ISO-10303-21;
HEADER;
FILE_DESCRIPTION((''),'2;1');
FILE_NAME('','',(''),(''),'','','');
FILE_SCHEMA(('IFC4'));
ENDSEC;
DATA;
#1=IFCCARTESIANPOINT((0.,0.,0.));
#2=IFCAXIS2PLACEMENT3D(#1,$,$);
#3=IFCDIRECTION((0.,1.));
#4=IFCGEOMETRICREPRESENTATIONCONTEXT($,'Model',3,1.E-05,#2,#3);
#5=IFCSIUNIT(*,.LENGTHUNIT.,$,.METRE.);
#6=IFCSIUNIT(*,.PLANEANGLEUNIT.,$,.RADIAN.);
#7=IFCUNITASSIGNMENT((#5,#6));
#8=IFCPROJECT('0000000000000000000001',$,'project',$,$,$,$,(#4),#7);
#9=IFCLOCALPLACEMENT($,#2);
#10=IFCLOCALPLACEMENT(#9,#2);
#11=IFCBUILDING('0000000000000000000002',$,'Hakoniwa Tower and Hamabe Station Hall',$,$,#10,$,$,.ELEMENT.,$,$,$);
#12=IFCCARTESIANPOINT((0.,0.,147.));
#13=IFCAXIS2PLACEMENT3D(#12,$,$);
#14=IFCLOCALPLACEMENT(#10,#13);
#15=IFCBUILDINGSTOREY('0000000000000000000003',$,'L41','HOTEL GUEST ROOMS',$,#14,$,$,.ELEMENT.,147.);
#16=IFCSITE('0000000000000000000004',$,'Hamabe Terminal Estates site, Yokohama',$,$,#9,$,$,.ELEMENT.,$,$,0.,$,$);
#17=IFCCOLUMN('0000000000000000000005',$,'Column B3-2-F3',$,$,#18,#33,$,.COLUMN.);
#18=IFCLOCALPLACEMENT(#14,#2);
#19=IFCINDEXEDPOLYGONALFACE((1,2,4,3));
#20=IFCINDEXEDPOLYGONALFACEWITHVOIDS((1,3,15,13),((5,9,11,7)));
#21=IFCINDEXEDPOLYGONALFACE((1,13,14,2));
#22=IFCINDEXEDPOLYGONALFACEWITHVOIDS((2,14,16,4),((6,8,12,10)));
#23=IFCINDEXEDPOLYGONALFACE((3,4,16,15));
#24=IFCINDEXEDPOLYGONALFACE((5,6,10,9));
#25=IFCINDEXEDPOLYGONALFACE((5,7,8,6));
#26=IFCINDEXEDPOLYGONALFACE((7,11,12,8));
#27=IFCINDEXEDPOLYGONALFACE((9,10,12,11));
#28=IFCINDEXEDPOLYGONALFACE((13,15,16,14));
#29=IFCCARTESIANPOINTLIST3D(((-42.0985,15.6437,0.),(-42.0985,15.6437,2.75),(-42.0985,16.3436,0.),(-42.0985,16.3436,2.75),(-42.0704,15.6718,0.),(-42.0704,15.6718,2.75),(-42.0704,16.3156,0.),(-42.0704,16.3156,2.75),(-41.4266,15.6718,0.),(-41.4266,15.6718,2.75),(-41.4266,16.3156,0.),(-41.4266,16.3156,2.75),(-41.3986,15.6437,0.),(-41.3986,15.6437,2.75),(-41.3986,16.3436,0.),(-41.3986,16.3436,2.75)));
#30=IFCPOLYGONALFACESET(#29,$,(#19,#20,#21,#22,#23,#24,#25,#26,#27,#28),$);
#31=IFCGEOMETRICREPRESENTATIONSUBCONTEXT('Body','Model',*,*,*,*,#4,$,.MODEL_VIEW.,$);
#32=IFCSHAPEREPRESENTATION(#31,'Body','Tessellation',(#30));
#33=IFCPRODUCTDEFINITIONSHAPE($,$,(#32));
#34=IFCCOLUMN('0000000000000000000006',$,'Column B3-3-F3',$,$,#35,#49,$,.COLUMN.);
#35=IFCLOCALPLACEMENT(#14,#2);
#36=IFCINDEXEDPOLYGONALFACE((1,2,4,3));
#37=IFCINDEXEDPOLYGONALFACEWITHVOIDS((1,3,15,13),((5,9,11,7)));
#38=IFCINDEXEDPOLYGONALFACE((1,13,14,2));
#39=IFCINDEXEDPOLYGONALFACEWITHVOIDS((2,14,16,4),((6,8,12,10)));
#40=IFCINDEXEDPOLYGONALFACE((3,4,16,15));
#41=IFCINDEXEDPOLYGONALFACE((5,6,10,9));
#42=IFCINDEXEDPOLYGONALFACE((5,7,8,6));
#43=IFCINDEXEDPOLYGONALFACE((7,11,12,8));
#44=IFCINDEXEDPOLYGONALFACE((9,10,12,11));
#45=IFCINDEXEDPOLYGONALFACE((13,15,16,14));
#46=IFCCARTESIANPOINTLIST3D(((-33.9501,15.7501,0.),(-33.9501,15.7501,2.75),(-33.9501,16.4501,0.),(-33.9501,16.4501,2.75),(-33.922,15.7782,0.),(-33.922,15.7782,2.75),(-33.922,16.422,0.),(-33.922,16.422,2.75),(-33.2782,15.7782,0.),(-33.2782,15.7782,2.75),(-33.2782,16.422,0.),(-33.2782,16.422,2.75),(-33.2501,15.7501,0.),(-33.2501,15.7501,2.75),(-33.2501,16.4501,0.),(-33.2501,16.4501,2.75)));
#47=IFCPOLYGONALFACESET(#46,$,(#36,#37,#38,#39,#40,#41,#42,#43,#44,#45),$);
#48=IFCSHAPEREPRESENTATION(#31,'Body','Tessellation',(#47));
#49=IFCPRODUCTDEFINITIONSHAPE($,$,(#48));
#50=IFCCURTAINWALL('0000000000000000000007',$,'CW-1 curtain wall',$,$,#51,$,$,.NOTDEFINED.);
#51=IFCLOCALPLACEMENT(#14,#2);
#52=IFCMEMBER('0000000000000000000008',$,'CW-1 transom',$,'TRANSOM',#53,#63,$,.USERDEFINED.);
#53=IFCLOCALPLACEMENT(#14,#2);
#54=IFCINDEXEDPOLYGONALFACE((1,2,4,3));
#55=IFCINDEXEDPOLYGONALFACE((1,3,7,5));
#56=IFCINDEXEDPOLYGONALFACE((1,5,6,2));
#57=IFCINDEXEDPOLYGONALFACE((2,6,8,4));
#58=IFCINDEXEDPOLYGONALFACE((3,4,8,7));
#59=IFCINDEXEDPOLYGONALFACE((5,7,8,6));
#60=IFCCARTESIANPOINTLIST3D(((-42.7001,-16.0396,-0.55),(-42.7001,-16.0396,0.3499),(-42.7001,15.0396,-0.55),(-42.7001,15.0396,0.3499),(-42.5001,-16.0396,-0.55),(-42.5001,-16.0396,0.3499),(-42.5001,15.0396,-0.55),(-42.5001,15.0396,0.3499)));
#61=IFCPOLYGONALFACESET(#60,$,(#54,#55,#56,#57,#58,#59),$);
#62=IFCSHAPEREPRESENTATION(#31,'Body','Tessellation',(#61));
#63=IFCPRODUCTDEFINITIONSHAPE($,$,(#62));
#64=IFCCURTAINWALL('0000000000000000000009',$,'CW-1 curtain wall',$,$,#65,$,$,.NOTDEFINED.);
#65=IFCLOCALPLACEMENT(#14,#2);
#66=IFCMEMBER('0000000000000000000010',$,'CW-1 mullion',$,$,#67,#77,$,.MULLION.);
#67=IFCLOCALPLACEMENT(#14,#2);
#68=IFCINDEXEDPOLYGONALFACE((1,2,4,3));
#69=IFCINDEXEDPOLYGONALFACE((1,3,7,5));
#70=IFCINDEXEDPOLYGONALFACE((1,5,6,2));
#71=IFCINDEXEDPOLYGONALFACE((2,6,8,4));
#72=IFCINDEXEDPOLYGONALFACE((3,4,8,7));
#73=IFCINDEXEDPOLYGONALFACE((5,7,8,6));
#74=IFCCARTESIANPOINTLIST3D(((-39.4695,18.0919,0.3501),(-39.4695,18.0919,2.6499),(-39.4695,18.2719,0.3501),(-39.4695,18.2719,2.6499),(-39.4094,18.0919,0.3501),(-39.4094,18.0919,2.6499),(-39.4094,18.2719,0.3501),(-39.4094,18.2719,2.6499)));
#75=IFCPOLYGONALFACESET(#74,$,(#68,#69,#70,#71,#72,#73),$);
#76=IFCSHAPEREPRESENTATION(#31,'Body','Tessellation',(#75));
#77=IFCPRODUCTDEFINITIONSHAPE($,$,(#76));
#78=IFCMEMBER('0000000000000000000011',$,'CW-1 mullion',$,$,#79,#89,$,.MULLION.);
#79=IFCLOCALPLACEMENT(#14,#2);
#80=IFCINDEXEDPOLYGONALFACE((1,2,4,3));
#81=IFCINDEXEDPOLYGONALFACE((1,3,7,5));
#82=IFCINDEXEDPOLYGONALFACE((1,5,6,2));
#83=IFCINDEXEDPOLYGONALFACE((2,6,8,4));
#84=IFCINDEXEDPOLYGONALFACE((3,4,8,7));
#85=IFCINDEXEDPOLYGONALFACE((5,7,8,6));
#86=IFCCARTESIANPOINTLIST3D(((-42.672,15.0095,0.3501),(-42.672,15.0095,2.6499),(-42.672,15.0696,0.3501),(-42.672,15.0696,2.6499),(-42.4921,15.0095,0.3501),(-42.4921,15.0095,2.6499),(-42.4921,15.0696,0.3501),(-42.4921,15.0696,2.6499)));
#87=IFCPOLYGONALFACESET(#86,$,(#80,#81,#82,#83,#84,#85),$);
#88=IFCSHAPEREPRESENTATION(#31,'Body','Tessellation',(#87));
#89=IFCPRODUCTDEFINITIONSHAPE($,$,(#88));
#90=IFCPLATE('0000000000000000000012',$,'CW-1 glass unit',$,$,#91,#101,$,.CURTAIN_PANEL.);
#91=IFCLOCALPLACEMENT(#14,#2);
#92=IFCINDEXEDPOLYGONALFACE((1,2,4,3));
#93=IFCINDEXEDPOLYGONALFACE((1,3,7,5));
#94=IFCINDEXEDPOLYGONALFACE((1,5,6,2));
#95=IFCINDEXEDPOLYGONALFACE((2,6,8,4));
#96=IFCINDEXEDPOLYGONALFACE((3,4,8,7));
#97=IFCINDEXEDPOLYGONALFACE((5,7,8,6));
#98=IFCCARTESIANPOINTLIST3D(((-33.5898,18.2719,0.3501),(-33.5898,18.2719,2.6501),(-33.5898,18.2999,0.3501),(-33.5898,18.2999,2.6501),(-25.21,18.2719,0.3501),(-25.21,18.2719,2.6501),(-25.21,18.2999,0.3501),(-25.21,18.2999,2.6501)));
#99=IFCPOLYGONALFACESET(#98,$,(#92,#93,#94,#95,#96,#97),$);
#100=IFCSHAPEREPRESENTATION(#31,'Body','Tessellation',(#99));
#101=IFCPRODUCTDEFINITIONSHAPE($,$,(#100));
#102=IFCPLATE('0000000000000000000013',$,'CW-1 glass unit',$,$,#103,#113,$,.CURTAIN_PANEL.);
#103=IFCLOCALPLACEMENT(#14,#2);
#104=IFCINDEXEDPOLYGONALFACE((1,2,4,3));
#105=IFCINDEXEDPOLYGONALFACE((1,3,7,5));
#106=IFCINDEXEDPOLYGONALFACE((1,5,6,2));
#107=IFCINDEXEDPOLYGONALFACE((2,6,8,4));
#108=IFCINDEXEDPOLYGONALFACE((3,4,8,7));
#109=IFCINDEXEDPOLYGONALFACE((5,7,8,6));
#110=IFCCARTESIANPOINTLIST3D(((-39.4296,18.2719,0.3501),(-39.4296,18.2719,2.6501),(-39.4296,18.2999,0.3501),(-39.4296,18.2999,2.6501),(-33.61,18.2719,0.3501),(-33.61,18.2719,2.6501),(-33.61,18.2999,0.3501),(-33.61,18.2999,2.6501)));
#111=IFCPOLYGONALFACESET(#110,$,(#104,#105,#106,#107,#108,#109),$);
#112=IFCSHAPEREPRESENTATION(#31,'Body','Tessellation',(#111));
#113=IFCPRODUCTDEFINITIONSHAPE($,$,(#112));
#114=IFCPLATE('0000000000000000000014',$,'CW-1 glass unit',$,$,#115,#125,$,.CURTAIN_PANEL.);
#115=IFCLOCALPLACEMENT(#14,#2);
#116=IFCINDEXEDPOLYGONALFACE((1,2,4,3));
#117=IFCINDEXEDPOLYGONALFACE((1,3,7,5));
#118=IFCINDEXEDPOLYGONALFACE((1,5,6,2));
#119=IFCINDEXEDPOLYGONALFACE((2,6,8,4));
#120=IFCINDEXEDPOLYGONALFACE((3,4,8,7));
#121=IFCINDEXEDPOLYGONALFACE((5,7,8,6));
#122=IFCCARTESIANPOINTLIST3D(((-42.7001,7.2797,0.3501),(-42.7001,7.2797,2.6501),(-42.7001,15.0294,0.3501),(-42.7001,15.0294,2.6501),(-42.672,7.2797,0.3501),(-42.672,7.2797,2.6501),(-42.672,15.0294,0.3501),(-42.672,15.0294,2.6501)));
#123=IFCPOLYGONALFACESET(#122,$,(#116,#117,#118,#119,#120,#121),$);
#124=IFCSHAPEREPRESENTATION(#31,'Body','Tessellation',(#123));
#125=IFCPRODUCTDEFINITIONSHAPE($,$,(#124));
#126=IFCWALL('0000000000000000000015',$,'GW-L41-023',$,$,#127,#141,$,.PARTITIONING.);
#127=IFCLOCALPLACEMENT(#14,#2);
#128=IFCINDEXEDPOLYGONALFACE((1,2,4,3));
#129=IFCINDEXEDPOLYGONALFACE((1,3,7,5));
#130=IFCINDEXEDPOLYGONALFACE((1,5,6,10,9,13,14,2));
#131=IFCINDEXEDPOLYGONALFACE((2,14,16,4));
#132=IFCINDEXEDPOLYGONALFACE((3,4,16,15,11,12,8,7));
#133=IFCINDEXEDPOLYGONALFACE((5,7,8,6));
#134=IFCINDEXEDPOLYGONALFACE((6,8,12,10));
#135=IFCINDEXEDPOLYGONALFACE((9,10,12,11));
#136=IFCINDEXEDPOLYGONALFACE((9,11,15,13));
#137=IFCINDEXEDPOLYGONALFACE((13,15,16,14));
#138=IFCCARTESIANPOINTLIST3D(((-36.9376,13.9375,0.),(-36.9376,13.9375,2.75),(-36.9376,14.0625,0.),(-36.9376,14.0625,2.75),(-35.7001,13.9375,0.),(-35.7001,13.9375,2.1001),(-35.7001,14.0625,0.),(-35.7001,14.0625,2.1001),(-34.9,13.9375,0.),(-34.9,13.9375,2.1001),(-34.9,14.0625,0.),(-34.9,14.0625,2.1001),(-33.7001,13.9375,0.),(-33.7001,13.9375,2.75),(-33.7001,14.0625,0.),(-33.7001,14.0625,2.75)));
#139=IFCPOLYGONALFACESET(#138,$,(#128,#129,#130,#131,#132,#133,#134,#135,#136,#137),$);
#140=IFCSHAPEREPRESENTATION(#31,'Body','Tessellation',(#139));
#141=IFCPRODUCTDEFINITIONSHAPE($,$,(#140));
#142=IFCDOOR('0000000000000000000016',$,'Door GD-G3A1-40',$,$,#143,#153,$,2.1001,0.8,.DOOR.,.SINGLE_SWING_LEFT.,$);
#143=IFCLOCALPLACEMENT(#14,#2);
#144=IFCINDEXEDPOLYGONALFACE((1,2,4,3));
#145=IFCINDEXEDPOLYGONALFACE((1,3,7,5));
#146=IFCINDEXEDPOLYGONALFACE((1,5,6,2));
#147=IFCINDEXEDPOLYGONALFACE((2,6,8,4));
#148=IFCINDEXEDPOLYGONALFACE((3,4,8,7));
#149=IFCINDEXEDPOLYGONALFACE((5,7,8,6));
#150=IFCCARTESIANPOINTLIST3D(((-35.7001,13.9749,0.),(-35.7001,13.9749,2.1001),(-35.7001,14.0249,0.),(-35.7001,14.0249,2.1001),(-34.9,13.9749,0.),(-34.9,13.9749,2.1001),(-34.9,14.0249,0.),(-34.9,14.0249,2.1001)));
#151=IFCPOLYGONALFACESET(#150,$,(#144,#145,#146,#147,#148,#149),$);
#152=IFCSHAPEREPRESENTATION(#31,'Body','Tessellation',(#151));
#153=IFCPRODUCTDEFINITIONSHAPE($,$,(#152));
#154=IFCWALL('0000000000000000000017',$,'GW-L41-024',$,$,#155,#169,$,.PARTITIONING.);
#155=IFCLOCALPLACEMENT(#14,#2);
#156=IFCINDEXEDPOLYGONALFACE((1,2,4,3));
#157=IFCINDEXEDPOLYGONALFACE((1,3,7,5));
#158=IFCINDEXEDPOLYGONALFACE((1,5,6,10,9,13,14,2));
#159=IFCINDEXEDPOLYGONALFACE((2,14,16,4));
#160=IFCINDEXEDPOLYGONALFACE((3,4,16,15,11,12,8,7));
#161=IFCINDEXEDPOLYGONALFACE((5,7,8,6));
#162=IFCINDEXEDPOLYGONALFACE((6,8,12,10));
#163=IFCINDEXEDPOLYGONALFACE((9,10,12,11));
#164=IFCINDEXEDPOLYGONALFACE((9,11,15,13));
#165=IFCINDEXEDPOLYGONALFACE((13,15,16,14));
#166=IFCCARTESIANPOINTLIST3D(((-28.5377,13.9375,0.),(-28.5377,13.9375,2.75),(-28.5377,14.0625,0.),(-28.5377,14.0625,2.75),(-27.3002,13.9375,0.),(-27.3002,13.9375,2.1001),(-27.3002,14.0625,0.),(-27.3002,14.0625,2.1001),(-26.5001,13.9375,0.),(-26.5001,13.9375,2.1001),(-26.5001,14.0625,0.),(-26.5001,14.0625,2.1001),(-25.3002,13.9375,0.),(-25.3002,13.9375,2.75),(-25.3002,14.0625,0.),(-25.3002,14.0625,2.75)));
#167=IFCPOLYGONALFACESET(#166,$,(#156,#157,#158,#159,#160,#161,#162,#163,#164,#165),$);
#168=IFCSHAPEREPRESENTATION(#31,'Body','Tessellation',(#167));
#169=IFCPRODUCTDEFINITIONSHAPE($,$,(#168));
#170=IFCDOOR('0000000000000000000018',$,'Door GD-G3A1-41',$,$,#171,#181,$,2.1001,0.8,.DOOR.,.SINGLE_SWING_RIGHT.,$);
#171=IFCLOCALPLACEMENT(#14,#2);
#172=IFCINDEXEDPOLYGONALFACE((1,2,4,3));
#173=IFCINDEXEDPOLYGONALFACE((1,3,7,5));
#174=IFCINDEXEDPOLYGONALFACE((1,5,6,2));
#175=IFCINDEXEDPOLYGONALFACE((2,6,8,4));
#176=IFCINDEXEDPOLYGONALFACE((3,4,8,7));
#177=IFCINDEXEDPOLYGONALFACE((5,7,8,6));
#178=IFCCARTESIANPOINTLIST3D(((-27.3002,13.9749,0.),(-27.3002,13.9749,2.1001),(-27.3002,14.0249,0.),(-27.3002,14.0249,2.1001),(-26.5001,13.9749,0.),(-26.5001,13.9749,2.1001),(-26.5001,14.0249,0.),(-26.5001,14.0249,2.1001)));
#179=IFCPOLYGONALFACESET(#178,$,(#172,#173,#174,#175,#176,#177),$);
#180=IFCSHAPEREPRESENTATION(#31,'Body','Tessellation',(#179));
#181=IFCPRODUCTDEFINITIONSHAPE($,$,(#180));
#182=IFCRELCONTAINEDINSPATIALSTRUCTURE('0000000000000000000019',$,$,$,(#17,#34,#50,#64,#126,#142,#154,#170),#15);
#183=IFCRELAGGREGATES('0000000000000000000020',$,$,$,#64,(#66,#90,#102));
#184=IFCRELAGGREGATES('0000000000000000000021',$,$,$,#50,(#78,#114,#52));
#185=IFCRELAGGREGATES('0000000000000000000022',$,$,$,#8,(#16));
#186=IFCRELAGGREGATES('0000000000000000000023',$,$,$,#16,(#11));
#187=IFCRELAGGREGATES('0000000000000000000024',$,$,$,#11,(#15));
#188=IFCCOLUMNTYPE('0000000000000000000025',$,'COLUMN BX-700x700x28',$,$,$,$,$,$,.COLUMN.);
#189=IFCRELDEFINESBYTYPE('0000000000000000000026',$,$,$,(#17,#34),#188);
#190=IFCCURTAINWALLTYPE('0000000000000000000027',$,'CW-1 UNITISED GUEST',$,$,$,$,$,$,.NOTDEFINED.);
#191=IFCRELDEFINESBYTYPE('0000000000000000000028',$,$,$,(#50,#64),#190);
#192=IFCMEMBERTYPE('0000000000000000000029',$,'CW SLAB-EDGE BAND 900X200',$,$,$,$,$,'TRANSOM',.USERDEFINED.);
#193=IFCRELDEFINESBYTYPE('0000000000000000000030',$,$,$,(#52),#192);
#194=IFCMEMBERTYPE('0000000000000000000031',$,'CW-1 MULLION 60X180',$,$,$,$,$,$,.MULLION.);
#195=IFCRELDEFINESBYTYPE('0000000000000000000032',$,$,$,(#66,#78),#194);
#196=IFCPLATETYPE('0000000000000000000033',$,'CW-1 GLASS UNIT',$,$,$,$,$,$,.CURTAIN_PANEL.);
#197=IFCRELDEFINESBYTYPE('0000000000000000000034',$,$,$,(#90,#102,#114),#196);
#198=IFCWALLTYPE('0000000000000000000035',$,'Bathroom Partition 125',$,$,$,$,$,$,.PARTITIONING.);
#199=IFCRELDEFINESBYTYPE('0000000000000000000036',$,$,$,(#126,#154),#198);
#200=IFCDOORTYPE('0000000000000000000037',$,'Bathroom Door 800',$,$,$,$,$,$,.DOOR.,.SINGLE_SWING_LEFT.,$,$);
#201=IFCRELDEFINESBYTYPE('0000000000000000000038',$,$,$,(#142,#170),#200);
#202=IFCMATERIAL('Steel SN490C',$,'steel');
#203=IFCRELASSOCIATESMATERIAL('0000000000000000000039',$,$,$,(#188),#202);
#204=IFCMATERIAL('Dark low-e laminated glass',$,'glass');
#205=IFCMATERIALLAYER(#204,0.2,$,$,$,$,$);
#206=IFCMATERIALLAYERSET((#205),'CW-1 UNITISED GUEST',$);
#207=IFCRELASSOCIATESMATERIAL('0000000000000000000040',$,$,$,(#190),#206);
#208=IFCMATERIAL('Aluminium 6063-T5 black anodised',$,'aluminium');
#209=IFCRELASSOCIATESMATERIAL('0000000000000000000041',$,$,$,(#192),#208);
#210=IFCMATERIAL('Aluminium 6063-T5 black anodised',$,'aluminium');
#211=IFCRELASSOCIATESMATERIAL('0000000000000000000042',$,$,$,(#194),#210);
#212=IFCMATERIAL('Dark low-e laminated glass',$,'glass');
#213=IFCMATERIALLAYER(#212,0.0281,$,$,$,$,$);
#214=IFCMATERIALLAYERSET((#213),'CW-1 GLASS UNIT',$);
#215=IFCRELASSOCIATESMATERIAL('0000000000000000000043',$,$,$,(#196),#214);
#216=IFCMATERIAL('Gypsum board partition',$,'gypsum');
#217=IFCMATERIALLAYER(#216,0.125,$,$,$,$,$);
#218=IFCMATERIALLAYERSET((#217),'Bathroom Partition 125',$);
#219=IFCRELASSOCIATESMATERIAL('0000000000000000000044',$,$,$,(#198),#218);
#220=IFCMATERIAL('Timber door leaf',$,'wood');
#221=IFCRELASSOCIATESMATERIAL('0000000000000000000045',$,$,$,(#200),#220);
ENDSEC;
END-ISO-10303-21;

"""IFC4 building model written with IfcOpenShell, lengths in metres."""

from ifc_helpers import new_model, si_unit, direction, frame, frame_2d, origin, origin_2d, place, context, subcontext, project, spatial, rectangle, hollow_rectangle, extrude, material, layer, layer_set, material_profile, profile_set, type_object, element, fill, aggregate, save


model = new_model("IFC4")

# Units and contexts
model_context = context("Model", 3, precision=1e-05, world=origin(), true_north=direction((0.0, 1.0)))
body_context = subcontext(model_context, "Body", "Model", "MODEL_VIEW")
ifc_project = project(units=[si_unit("LENGTHUNIT", "METRE"), si_unit("PLANEANGLEUNIT", "RADIAN")], contexts=[model_context])

# Site, building, storey
site_placement = place(None, origin())
site = spatial("IfcSite", under=ifc_project, at=site_placement, Name="Hamabe Terminal Estates site, Yokohama", CompositionType="ELEMENT", RefElevation=0.0)
building_placement = place(site_placement, origin())
building = spatial("IfcBuilding", under=site, at=building_placement, Name="Hakoniwa Tower and Hamabe Station Hall", CompositionType="ELEMENT")
storey_placement = place(building_placement, frame((0.0, 0.0, 147.0)))
storey = spatial("IfcBuildingStorey", under=building, at=storey_placement, Name="L41", Description="HOTEL GUEST ROOMS", CompositionType="ELEMENT", Elevation=147.0)

# Columns
ifc_material_1 = material(Name="Steel SN490C", Category="steel")
ifc_material_profile_1 = material_profile(ifc_material_1, hollow_rectangle(XDim=0.7, YDim=0.7, WallThickness=0.0281, at=origin_2d()), Name="BX-700x700x28")
ifc_profile_set_1 = profile_set([ifc_material_profile_1], Name="Steel SN490C")
column_type = type_object("IfcColumnType", Name="COLUMN BX-700x700x28", PredefinedType="COLUMN", material=ifc_profile_set_1)
for number, where, z_axis, x_axis, name in (
    (1, (-41.7485, 15.9937, 0.0), (0.0, 0.0, 1.0), (1.0, 0.0, 0.0), "Column B3-2-F3"),
    (2, (-33.6001, 16.1001, 0.0), (0.0, 0.0, 1.0), (1.0, 0.0, 0.0), "Column B3-3-F3"),
):
    element("IfcColumn", number, at=place(storey_placement, frame(where, z_axis=z_axis, x_axis=x_axis)), inside=storey, type_object=column_type, Name=name, PredefinedType="COLUMN", context=body_context, shape_type="SweptSolid", body=[
        extrude(hollow_rectangle(XDim=0.7, YDim=0.7, WallThickness=0.0281, at=origin_2d()), origin(), (0.0, 0.0, 1.0), 2.75),
    ])

# Curtain walls, members
ifc_material_2 = material(Name="Dark low-e laminated glass", Category="glass")
ifc_layer_1 = layer(ifc_material_2, 0.2)
ifc_layer_set_1 = layer_set([ifc_layer_1], Name="CW-1 UNITISED GUEST")
curtain_wall_type = type_object("IfcCurtainWallType", Name="CW-1 UNITISED GUEST", PredefinedType="NOTDEFINED", material=ifc_layer_set_1)
curtain_wall_1_placement = place(storey_placement, origin())
curtain_wall_1 = element("IfcCurtainWall", 3, at=curtain_wall_1_placement, inside=storey, type_object=curtain_wall_type, Name="CW-1 curtain wall", PredefinedType="NOTDEFINED")
ifc_material_3 = material(Name="Aluminium 6063-T5 black anodised", Category="aluminium")
ifc_material_profile_2 = material_profile(ifc_material_3, rectangle(XDim=0.2, YDim=0.8999, at=origin_2d()), Name="CW SLAB-EDGE BAND 900X200")
ifc_profile_set_2 = profile_set([ifc_material_profile_2], Name="Aluminium 6063-T5 black anodised")
member_type_1 = type_object("IfcMemberType", Name="CW SLAB-EDGE BAND 900X200", ElementType="TRANSOM", PredefinedType="USERDEFINED", material=ifc_profile_set_2)
member_1_placement = place(storey_placement, frame((-42.6001, 15.0396, -0.1001), z_axis=(0.0, -1.0, 0.0), x_axis=(1.0, 0.0, 0.0)))
member_1 = element("IfcMember", 4, at=member_1_placement, type_object=member_type_1, Name="CW-1 transom", ObjectType="TRANSOM", PredefinedType="USERDEFINED", context=body_context, shape_type="SweptSolid", body=[
    extrude(rectangle(XDim=0.2, YDim=0.8999, at=origin_2d()), origin(), (0.0, 0.0, 1.0), 31.0791),
])
curtain_wall_2_placement = place(storey_placement, origin())
curtain_wall_2 = element("IfcCurtainWall", 5, at=curtain_wall_2_placement, inside=storey, type_object=curtain_wall_type, Name="CW-1 curtain wall", PredefinedType="NOTDEFINED")
ifc_material_4 = material(Name="Aluminium 6063-T5 black anodised", Category="aluminium")
ifc_material_profile_3 = material_profile(ifc_material_4, rectangle(XDim=0.0601, YDim=0.1799, at=origin_2d()), Name="CW-1 MULLION 60X180")
ifc_profile_set_3 = profile_set([ifc_material_profile_3], Name="Aluminium 6063-T5 black anodised")
member_type_2 = type_object("IfcMemberType", Name="CW-1 MULLION 60X180", PredefinedType="MULLION", material=ifc_profile_set_3)
member_2_placement = place(storey_placement, frame((-39.4395, 18.1819, 0.3501), z_axis=(0.0, 0.0, 1.0), x_axis=(-1.0, 0.0, 0.0)))
member_2 = element("IfcMember", 6, at=member_2_placement, type_object=member_type_2, Name="CW-1 mullion", PredefinedType="MULLION", context=body_context, shape_type="SweptSolid", body=[
    extrude(rectangle(XDim=0.0601, YDim=0.1799, at=origin_2d()), origin(), (0.0, 0.0, 1.0), 2.2998),
])

# Member
member_3_placement = place(storey_placement, frame((-42.582, 15.0396, 0.3501), z_axis=(0.0, 0.0, 1.0), x_axis=(0.0, -1.0, 0.0)))
member_3 = element("IfcMember", 7, at=member_3_placement, type_object=member_type_2, Name="CW-1 mullion", PredefinedType="MULLION", context=body_context, shape_type="SweptSolid", body=[
    extrude(rectangle(XDim=0.0601, YDim=0.1799, at=origin_2d()), origin(), (0.0, 0.0, 1.0), 2.2998),
])

# Plates
ifc_material_5 = material(Name="Dark low-e laminated glass", Category="glass")
ifc_layer_2 = layer(ifc_material_5, 0.0281)
ifc_layer_set_2 = layer_set([ifc_layer_2], Name="CW-1 GLASS UNIT")
plate_type = type_object("IfcPlateType", Name="CW-1 GLASS UNIT", PredefinedType="CURTAIN_PANEL", material=ifc_layer_set_2)
plate_1_placement = place(storey_placement, frame((-29.3999, 18.2859, 0.3501), z_axis=(0.0, 0.0, 1.0), x_axis=(-1.0, 0.0, 0.0)))
plate_1 = element("IfcPlate", 8, at=plate_1_placement, type_object=plate_type, Name="CW-1 glass unit", PredefinedType="CURTAIN_PANEL", context=body_context, shape_type="SweptSolid", body=[
    extrude(rectangle(XDim=8.3799, YDim=0.0281, at=origin_2d()), origin(), (0.0, 0.0, 1.0), 2.3),
])
plate_2_placement = place(storey_placement, frame((-36.5198, 18.2859, 0.3501), z_axis=(0.0, 0.0, 1.0), x_axis=(-1.0, 0.0, 0.0)))
plate_2 = element("IfcPlate", 9, at=plate_2_placement, type_object=plate_type, Name="CW-1 glass unit", PredefinedType="CURTAIN_PANEL", context=body_context, shape_type="SweptSolid", body=[
    extrude(rectangle(XDim=5.8196, YDim=0.0281, at=origin_2d()), origin(), (0.0, 0.0, 1.0), 2.3),
])
aggregate(curtain_wall_2, [member_2, plate_1, plate_2])
plate_3_placement = place(storey_placement, frame((-42.686, 11.1545, 0.3501), z_axis=(0.0, 0.0, 1.0), x_axis=(0.0, -1.0, 0.0)))
plate_3 = element("IfcPlate", 10, at=plate_3_placement, type_object=plate_type, Name="CW-1 glass unit", PredefinedType="CURTAIN_PANEL", context=body_context, shape_type="SweptSolid", body=[
    extrude(rectangle(XDim=7.7498, YDim=0.0281, at=origin_2d()), origin(), (0.0, 0.0, 1.0), 2.3),
])
aggregate(curtain_wall_1, [member_3, plate_3, member_1])

# Walls, openings, doors
ifc_material_6 = material(Name="Gypsum board partition", Category="gypsum")
ifc_layer_3 = layer(ifc_material_6, 0.125)
ifc_layer_set_3 = layer_set([ifc_layer_3], Name="Bathroom Partition 125")
wall_type_1 = type_object("IfcWallType", Name="Bathroom Partition 125", PredefinedType="PARTITIONING", material=ifc_layer_set_3)
wall_1_placement = place(storey_placement, frame((-36.9375, 14.0, 0.0), z_axis=(0.0, 0.0, 1.0), x_axis=(1.0, 0.0, 0.0)))
wall_1 = element("IfcWall", 11, at=wall_1_placement, inside=storey, type_object=wall_type_1, Name="GW-L41-023", PredefinedType="PARTITIONING", context=body_context, shape_type="SweptSolid", body=[
    extrude(rectangle(XDim=3.2375, YDim=0.125, at=frame_2d((1.6187, 0.0))), origin(), (0.0, 0.0, 1.0), 2.75),
])
opening_1_placement = place(wall_1_placement, frame((1.2375, 0.0, 0.0)))
opening_1 = element("IfcOpeningElement", 12, at=opening_1_placement, cuts=wall_1, PredefinedType="OPENING", context=body_context, shape_type="SweptSolid", body=[
    extrude(rectangle(XDim=0.8, YDim=2.1001, at=frame_2d((0.3999, 1.05))), frame((0.0, 0.0725, 0.0), z_axis=(0.0, -1.0, 0.0), x_axis=(1.0, 0.0, 0.0)), (0.0, 0.0, 1.0), 0.145),
])
ifc_material_7 = material(Name="Timber door leaf", Category="wood")
door_type_1 = type_object("IfcDoorType", Name="Bathroom Door 800", OperationType="SINGLE_SWING_LEFT", PredefinedType="DOOR", material=ifc_material_7)
door_1_placement = place(opening_1_placement, origin())
door_1 = element("IfcDoor", 13, at=door_1_placement, inside=storey, type_object=door_type_1, Name="Door GD-G3A1-40", OperationType="SINGLE_SWING_LEFT", OverallHeight=2.1001, OverallWidth=0.8, PredefinedType="DOOR", context=body_context, shape_type="SweptSolid", body=[
    extrude(rectangle(XDim=0.8, YDim=2.1001, at=frame_2d((0.3999, 1.05))), frame((0.0, 0.0249, 0.0), z_axis=(0.0, -1.0, 0.0), x_axis=(1.0, 0.0, 0.0)), (0.0, 0.0, 1.0), 0.05),
])
fill(opening_1, door_1)
wall_2_placement = place(storey_placement, frame((-28.5376, 14.0, 0.0), z_axis=(0.0, 0.0, 1.0), x_axis=(1.0, 0.0, 0.0)))
wall_2 = element("IfcWall", 14, at=wall_2_placement, inside=storey, type_object=wall_type_1, Name="GW-L41-024", PredefinedType="PARTITIONING", context=body_context, shape_type="SweptSolid", body=[
    extrude(rectangle(XDim=3.2375, YDim=0.125, at=frame_2d((1.6187, 0.0))), origin(), (0.0, 0.0, 1.0), 2.75),
])
opening_2_placement = place(wall_2_placement, frame((1.2375, 0.0, 0.0)))
opening_2 = element("IfcOpeningElement", 15, at=opening_2_placement, cuts=wall_2, PredefinedType="OPENING", context=body_context, shape_type="SweptSolid", body=[
    extrude(rectangle(XDim=0.8, YDim=2.1001, at=frame_2d((0.3999, 1.05))), frame((0.0, 0.0725, 0.0), z_axis=(0.0, -1.0, 0.0), x_axis=(1.0, 0.0, 0.0)), (0.0, 0.0, 1.0), 0.145),
])
door_2_placement = place(opening_2_placement, origin())
door_2 = element("IfcDoor", 16, at=door_2_placement, inside=storey, type_object=door_type_1, Name="Door GD-G3A1-41", OperationType="SINGLE_SWING_RIGHT", OverallHeight=2.1001, OverallWidth=0.8, PredefinedType="DOOR", context=body_context, shape_type="SweptSolid", body=[
    extrude(rectangle(XDim=0.8, YDim=2.1001, at=frame_2d((0.3999, 1.05))), frame((0.0, 0.0249, 0.0), z_axis=(0.0, -1.0, 0.0), x_axis=(1.0, 0.0, 0.0)), (0.0, 0.0, 1.0), 0.05),
])
fill(opening_2, door_2)

save(model, "model.ifc")
